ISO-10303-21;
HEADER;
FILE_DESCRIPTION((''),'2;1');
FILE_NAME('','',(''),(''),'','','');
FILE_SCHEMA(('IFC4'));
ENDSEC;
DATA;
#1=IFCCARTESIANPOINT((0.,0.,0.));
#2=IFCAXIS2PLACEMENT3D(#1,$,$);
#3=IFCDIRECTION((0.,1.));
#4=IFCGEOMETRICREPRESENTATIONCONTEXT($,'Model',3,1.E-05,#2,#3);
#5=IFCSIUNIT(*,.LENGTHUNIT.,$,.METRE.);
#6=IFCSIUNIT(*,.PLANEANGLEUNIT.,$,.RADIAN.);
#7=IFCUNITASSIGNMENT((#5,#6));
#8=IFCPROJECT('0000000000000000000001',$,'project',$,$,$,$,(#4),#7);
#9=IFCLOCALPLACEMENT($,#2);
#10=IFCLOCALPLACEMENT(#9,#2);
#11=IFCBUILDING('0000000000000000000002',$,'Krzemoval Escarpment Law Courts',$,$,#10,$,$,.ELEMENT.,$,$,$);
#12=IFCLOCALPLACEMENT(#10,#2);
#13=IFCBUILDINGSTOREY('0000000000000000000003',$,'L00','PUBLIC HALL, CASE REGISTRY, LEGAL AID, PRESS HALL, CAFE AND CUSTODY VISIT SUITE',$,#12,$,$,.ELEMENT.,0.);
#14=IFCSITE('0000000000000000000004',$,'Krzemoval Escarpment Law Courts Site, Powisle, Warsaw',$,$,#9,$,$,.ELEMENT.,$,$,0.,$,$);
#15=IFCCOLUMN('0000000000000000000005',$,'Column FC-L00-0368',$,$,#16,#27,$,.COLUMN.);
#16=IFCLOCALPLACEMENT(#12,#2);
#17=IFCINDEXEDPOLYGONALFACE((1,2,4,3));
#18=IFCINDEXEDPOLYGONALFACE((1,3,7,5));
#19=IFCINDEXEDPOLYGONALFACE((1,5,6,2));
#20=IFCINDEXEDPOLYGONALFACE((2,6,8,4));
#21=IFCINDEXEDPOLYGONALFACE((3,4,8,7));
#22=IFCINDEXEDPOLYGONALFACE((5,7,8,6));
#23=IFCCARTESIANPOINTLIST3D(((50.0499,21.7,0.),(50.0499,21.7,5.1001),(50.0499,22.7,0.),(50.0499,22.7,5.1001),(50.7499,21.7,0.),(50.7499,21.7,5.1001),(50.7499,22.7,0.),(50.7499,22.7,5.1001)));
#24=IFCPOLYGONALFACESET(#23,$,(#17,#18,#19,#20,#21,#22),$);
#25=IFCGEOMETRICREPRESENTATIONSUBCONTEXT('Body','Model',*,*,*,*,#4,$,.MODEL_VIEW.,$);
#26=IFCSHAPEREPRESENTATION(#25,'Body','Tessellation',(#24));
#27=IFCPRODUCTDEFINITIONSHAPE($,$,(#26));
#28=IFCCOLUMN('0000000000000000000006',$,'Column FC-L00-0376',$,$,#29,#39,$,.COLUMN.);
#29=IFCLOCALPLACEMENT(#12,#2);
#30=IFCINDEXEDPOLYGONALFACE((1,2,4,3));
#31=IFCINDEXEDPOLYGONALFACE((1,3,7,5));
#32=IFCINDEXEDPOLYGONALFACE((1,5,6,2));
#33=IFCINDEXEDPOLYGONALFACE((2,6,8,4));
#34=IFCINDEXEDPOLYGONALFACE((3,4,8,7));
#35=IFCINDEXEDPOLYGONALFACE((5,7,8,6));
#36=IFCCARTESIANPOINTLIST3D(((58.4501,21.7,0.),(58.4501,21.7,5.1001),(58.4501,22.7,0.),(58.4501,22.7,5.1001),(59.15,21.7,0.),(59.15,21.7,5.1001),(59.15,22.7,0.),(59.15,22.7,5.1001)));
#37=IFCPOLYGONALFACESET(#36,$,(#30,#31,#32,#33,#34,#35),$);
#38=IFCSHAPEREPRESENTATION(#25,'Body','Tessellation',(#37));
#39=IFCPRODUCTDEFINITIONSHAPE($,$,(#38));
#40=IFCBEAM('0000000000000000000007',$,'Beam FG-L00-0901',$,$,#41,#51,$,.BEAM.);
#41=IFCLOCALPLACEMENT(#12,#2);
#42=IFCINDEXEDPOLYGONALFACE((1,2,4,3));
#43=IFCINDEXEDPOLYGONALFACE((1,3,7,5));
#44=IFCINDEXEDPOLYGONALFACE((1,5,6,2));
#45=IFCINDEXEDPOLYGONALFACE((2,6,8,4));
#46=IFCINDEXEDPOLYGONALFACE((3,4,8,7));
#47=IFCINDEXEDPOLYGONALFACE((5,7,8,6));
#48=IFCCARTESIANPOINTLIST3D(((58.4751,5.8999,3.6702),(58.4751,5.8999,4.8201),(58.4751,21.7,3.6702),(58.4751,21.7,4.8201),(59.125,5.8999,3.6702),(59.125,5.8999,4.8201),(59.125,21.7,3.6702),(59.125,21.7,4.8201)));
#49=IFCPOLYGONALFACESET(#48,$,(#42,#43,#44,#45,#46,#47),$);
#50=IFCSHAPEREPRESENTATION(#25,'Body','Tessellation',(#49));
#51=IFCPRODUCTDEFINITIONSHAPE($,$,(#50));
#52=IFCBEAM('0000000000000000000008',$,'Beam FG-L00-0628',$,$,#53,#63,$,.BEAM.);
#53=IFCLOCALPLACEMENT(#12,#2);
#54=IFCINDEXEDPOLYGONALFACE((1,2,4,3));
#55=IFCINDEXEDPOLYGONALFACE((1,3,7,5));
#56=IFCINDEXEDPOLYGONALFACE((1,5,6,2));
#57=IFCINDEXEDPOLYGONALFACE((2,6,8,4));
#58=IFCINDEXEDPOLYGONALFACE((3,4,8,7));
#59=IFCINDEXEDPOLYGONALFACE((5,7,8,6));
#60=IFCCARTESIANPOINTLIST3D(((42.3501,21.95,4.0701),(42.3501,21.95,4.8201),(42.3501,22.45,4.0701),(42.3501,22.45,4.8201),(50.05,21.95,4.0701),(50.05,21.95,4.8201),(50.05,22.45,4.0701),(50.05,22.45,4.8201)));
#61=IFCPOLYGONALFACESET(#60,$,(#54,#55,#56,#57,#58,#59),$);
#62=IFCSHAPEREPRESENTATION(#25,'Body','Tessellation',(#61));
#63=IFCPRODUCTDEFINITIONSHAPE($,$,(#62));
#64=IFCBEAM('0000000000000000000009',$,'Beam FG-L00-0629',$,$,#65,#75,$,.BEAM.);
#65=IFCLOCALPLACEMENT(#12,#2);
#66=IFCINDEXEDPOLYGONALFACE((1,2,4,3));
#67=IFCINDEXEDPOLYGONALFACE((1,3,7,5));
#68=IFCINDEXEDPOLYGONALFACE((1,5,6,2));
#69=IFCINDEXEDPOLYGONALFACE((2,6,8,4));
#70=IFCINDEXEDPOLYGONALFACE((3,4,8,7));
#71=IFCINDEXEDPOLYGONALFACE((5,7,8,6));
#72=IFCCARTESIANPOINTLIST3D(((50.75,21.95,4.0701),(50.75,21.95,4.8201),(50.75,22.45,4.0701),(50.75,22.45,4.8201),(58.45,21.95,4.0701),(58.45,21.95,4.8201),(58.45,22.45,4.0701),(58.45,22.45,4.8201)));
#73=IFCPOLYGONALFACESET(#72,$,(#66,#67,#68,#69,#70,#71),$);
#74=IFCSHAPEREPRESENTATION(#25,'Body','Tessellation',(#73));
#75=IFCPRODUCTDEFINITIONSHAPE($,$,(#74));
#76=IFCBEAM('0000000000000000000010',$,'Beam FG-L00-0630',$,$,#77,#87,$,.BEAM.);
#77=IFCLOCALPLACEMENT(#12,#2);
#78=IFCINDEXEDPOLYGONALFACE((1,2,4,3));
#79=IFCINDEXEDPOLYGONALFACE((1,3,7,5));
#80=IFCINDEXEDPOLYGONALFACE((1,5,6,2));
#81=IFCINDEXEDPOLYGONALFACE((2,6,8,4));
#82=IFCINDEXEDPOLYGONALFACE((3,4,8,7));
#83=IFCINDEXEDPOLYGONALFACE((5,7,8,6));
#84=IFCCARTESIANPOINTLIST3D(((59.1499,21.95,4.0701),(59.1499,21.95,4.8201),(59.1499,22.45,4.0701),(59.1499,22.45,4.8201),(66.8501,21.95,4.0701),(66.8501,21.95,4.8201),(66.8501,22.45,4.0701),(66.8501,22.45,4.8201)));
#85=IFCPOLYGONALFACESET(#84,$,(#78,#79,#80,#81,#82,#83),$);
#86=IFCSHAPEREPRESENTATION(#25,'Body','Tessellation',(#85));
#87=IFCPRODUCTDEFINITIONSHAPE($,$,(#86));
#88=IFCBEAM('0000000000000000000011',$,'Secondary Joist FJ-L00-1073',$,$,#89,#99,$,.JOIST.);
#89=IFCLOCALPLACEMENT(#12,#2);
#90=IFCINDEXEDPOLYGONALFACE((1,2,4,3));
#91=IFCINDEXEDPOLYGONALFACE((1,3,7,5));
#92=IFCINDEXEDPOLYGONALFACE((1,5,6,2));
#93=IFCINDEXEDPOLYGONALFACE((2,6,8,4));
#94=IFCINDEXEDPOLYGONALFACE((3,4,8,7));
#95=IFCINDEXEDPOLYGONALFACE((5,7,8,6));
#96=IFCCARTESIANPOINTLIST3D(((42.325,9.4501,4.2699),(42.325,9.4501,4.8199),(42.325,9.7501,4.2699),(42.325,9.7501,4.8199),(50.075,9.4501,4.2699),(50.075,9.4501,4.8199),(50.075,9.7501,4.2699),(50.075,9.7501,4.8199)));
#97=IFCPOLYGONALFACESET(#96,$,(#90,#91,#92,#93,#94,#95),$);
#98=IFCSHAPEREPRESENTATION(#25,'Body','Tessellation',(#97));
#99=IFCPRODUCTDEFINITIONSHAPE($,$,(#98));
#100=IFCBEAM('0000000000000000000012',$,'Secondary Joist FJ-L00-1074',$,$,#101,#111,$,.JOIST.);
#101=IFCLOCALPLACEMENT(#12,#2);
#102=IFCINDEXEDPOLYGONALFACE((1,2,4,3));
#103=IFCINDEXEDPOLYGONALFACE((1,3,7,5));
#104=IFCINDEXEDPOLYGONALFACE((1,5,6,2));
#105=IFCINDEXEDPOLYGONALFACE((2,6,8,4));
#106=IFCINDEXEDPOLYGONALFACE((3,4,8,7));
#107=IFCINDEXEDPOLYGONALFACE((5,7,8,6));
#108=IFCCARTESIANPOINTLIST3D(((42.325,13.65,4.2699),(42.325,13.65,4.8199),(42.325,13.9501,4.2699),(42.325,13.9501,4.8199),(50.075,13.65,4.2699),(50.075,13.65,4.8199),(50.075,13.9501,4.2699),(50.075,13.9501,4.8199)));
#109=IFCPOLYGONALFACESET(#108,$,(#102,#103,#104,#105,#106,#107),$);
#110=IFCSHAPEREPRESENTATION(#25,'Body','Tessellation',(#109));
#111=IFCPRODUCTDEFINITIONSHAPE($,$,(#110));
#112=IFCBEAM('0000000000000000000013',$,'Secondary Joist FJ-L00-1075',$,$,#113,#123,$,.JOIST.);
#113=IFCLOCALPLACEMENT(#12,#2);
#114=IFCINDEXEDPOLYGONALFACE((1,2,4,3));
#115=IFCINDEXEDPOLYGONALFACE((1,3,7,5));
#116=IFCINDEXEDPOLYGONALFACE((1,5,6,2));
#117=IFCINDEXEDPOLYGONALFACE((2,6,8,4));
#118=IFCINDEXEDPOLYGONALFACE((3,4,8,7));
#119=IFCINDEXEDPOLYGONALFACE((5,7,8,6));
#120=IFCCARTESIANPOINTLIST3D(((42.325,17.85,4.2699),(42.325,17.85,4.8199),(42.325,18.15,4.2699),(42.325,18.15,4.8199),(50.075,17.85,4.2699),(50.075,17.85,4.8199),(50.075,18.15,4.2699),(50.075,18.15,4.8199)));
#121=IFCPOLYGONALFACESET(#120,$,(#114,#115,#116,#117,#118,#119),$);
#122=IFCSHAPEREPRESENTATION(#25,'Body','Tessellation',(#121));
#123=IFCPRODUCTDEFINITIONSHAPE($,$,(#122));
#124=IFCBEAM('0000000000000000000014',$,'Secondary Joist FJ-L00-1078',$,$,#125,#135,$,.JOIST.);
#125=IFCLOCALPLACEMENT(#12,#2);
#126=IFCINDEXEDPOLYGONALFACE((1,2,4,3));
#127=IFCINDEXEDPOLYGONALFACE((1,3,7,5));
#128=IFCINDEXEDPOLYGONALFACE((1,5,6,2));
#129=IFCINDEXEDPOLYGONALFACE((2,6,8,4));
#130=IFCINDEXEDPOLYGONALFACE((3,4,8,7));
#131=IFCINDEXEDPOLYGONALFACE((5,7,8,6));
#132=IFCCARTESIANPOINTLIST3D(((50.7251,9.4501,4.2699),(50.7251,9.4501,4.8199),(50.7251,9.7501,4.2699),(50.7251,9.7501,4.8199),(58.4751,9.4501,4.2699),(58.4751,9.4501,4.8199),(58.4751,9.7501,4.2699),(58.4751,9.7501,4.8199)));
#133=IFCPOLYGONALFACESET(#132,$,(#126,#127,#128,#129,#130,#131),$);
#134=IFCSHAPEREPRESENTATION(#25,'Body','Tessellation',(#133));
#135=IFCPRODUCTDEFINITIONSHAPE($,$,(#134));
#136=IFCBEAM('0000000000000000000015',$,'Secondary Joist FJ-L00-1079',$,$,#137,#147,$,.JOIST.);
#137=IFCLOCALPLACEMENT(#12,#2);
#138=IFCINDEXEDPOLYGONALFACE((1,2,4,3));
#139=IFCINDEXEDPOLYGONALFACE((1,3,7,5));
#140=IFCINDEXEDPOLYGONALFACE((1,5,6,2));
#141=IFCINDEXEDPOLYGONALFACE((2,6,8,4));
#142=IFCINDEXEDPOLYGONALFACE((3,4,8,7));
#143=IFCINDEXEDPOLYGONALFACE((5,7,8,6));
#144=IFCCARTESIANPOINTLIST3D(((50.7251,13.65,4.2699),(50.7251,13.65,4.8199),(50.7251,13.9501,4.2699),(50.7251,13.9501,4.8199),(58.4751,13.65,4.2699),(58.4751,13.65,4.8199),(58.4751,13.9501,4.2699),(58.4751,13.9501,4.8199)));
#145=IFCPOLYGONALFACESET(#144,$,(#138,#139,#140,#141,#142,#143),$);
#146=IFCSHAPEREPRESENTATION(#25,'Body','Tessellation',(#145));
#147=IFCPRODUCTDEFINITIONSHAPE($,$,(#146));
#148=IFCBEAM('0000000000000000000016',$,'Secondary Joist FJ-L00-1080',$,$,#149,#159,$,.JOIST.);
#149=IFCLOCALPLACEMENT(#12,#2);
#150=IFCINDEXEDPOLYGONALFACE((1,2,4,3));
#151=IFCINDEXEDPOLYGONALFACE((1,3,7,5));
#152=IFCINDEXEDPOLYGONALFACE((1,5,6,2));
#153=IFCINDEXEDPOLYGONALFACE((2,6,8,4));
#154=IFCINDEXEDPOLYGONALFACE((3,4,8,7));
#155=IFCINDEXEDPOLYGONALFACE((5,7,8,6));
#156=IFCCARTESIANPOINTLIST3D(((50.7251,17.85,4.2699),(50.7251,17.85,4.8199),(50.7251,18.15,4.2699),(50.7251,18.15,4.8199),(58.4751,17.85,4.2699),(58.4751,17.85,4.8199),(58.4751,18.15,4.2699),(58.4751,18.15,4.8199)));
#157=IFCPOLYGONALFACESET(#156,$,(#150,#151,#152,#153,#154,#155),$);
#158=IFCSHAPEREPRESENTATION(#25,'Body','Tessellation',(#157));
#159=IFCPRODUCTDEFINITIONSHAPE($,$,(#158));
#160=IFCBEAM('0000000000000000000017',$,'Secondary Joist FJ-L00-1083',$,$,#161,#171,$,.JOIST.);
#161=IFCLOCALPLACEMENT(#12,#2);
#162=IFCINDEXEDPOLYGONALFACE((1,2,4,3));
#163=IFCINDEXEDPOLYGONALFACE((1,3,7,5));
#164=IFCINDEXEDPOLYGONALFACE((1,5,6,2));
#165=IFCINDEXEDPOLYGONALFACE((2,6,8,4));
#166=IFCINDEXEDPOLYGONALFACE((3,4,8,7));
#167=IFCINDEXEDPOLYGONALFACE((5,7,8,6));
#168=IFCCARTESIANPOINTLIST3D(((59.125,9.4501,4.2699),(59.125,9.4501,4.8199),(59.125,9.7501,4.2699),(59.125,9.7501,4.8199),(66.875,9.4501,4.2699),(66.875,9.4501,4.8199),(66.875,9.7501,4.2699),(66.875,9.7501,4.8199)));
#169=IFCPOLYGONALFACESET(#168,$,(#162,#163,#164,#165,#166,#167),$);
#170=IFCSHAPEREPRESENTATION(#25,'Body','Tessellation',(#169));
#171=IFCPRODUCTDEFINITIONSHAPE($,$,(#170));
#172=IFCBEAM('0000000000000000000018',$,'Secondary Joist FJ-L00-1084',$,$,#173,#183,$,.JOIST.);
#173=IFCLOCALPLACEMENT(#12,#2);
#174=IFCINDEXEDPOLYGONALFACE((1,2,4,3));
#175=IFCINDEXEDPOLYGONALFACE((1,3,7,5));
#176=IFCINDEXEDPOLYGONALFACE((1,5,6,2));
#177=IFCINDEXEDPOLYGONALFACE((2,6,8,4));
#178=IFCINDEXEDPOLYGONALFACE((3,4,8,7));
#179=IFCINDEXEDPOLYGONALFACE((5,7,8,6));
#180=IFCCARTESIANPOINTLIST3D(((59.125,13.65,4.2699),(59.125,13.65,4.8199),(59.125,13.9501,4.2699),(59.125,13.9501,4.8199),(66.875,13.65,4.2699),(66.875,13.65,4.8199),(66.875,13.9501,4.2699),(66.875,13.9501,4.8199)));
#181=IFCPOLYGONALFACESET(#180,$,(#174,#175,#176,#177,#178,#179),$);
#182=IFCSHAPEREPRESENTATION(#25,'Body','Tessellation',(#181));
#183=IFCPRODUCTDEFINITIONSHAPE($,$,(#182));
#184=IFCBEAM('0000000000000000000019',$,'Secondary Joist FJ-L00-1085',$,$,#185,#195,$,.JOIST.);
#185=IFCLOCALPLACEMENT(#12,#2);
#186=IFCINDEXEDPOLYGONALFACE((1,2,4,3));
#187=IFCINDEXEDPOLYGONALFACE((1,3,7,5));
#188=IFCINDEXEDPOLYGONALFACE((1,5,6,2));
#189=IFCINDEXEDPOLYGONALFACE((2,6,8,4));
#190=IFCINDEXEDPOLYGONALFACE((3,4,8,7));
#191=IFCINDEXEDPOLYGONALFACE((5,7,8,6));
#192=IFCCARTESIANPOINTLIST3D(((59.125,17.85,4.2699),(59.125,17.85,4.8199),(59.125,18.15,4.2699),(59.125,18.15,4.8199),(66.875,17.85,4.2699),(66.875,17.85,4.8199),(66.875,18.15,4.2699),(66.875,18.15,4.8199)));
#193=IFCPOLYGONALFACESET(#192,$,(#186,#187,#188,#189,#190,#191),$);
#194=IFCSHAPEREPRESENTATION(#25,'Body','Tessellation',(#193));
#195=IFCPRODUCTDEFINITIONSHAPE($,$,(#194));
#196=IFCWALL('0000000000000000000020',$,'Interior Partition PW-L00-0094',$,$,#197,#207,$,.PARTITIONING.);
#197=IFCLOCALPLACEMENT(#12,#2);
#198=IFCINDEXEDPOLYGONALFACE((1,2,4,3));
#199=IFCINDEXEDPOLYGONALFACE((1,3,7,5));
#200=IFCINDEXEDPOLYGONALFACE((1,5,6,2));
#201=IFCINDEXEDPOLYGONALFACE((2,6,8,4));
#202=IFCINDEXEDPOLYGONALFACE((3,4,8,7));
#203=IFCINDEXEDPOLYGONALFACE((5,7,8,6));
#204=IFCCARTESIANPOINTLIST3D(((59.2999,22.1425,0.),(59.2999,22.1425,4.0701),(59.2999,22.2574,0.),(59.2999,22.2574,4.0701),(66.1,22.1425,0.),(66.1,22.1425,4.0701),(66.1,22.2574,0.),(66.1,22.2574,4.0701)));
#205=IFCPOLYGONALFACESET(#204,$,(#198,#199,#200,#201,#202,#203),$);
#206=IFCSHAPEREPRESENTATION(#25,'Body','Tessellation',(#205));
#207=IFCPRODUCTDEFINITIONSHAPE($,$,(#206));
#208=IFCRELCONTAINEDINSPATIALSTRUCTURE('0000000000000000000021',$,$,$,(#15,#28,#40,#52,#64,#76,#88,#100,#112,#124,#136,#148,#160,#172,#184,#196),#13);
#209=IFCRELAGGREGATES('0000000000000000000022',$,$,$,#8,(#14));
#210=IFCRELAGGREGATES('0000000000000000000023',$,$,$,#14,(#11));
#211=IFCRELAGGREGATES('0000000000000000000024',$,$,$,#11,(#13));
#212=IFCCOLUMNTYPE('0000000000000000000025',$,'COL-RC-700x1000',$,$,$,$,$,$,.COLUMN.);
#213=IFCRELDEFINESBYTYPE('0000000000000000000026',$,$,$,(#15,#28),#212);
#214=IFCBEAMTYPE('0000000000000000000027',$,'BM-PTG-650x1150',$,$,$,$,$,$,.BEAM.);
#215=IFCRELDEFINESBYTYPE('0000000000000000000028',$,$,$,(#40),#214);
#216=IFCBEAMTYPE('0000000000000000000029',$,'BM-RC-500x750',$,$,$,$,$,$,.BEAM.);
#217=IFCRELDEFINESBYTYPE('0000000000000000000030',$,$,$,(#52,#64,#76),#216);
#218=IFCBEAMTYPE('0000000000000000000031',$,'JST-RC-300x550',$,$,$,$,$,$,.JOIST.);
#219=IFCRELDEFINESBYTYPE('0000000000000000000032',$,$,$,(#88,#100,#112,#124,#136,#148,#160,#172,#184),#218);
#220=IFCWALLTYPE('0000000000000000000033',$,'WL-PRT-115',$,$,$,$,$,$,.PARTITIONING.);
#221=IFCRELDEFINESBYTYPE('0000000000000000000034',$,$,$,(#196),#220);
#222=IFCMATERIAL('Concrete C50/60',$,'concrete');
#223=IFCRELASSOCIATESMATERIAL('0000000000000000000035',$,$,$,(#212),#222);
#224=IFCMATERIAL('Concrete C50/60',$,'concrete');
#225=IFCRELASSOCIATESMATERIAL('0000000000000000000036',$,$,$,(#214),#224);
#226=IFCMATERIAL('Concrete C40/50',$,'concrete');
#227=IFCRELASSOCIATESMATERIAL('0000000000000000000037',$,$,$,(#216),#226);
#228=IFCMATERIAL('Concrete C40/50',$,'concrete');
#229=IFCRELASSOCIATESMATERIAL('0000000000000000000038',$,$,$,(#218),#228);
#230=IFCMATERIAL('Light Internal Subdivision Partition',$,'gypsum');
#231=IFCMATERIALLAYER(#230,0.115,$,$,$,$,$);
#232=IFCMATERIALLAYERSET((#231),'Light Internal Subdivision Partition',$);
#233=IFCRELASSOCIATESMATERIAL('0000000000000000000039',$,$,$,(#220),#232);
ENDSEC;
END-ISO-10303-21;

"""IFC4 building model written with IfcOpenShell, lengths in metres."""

from ifc_helpers import new_model, si_unit, direction, frame, frame_2d, origin, origin_2d, place, context, subcontext, project, spatial, rectangle, extrude, material, layer, layer_set, material_profile, profile_set, type_object, element, save


model = new_model("IFC4")

# Units and contexts
model_context = context("Model", 3, precision=1e-05, world=origin(), true_north=direction((0.0, 1.0)))
body_context = subcontext(model_context, "Body", "Model", "MODEL_VIEW")
ifc_project = project(units=[si_unit("LENGTHUNIT", "METRE"), si_unit("PLANEANGLEUNIT", "RADIAN")], contexts=[model_context])

# Site, building, storey
site_placement = place(None, origin())
site = spatial("IfcSite", under=ifc_project, at=site_placement, Name="Krzemoval Escarpment Law Courts Site, Powisle, Warsaw", CompositionType="ELEMENT", RefElevation=0.0)
building_placement = place(site_placement, origin())
building = spatial("IfcBuilding", under=site, at=building_placement, Name="Krzemoval Escarpment Law Courts", CompositionType="ELEMENT")
storey_placement = place(building_placement, origin())
storey = spatial("IfcBuildingStorey", under=building, at=storey_placement, Name="L00", Description="PUBLIC HALL, CASE REGISTRY, LEGAL AID, PRESS HALL, CAFE AND CUSTODY VISIT SUITE", CompositionType="ELEMENT", Elevation=0.0)

# Columns
ifc_material_1 = material(Name="Concrete C50/60", Category="concrete")
ifc_material_profile_1 = material_profile(ifc_material_1, rectangle(XDim=0.7, YDim=1.0, at=origin_2d()), Name="RC 700x1000")
ifc_profile_set_1 = profile_set([ifc_material_profile_1], Name="Concrete C50/60")
column_type = type_object("IfcColumnType", Name="COL-RC-700x1000", PredefinedType="COLUMN", material=ifc_profile_set_1)
for number, where, z_axis, x_axis, name in (
    (1, (50.3999, 22.2, 0.0), (0.0, 0.0, 1.0), (1.0, 0.0, 0.0), "Column FC-L00-0368"),
    (2, (58.8, 22.2, 0.0), (0.0, 0.0, 1.0), (1.0, 0.0, 0.0), "Column FC-L00-0376"),
):
    element("IfcColumn", number, at=place(storey_placement, frame(where, z_axis=z_axis, x_axis=x_axis)), inside=storey, type_object=column_type, Name=name, PredefinedType="COLUMN", context=body_context, shape_type="SweptSolid", body=[
        extrude(rectangle(XDim=0.7, YDim=1.0, at=origin_2d()), origin(), (0.0, 0.0, 1.0), 5.1001),
    ])

# Beams
ifc_material_2 = material(Name="Concrete C50/60", Category="concrete")
ifc_material_profile_2 = material_profile(ifc_material_2, rectangle(XDim=0.6499, YDim=1.1499, at=origin_2d()), Name="PTG 650x1150")
ifc_profile_set_2 = profile_set([ifc_material_profile_2], Name="Concrete C50/60")
beam_type_1 = type_object("IfcBeamType", Name="BM-PTG-650x1150", PredefinedType="BEAM", material=ifc_profile_set_2)
beam_1_placement = place(storey_placement, frame((58.8, 5.8999, 4.2451), z_axis=(0.0, 1.0, 0.0), x_axis=(-1.0, 0.0, 0.0)))
element("IfcBeam", 3, at=beam_1_placement, inside=storey, type_object=beam_type_1, Name="Beam FG-L00-0901", PredefinedType="BEAM", context=body_context, shape_type="SweptSolid", body=[
    extrude(rectangle(XDim=0.6499, YDim=1.1499, at=origin_2d()), origin(), (0.0, 0.0, 1.0), 15.8),
])
ifc_material_3 = material(Name="Concrete C40/50", Category="concrete")
ifc_material_profile_3 = material_profile(ifc_material_3, rectangle(XDim=0.5, YDim=0.75, at=origin_2d()), Name="RCB 500x750")
ifc_profile_set_3 = profile_set([ifc_material_profile_3], Name="Concrete C40/50")
beam_type_2 = type_object("IfcBeamType", Name="BM-RC-500x750", PredefinedType="BEAM", material=ifc_profile_set_3)
for number, where, z_axis, x_axis, name in (
    (4, (42.3501, 22.2, 4.4451), (1.0, 0.0, 0.0), (0.0, 1.0, 0.0), "Beam FG-L00-0628"),
    (5, (50.75, 22.2, 4.4451), (1.0, 0.0, 0.0), (0.0, 1.0, 0.0), "Beam FG-L00-0629"),
):
    element("IfcBeam", number, at=place(storey_placement, frame(where, z_axis=z_axis, x_axis=x_axis)), inside=storey, type_object=beam_type_2, Name=name, PredefinedType="BEAM", context=body_context, shape_type="SweptSolid", body=[
        extrude(rectangle(XDim=0.5, YDim=0.75, at=origin_2d()), origin(), (0.0, 0.0, 1.0), 7.7),
    ])
beam_2_placement = place(storey_placement, frame((59.1499, 22.2, 4.4451), z_axis=(1.0, 0.0, 0.0), x_axis=(0.0, 1.0, 0.0)))
element("IfcBeam", 6, at=beam_2_placement, inside=storey, type_object=beam_type_2, Name="Beam FG-L00-0630", PredefinedType="BEAM", context=body_context, shape_type="SweptSolid", body=[
    extrude(rectangle(XDim=0.5, YDim=0.75, at=origin_2d()), origin(), (0.0, 0.0, 1.0), 7.7002),
])
ifc_material_4 = material(Name="Concrete C40/50", Category="concrete")
ifc_material_profile_4 = material_profile(ifc_material_4, rectangle(XDim=0.3, YDim=0.55, at=origin_2d()), Name="RCB 300x550")
ifc_profile_set_4 = profile_set([ifc_material_profile_4], Name="Concrete C40/50")
beam_type_3 = type_object("IfcBeamType", Name="JST-RC-300x550", PredefinedType="JOIST", material=ifc_profile_set_4)
for number, where, z_axis, x_axis, name in (
    (7, (42.325, 9.6001, 4.5449), (1.0, 0.0, 0.0), (0.0, 1.0, 0.0), "Secondary Joist FJ-L00-1073"),
    (8, (42.325, 13.8, 4.5449), (1.0, 0.0, 0.0), (0.0, 1.0, 0.0), "Secondary Joist FJ-L00-1074"),
    (9, (42.325, 18.0, 4.5449), (1.0, 0.0, 0.0), (0.0, 1.0, 0.0), "Secondary Joist FJ-L00-1075"),
    (10, (50.7251, 9.6001, 4.5449), (1.0, 0.0, 0.0), (0.0, 1.0, 0.0), "Secondary Joist FJ-L00-1078"),
    (11, (50.7251, 13.8, 4.5449), (1.0, 0.0, 0.0), (0.0, 1.0, 0.0), "Secondary Joist FJ-L00-1079"),
    (12, (50.7251, 18.0, 4.5449), (1.0, 0.0, 0.0), (0.0, 1.0, 0.0), "Secondary Joist FJ-L00-1080"),
    (13, (59.125, 9.6001, 4.5449), (1.0, 0.0, 0.0), (0.0, 1.0, 0.0), "Secondary Joist FJ-L00-1083"),
    (14, (59.125, 13.8, 4.5449), (1.0, 0.0, 0.0), (0.0, 1.0, 0.0), "Secondary Joist FJ-L00-1084"),
    (15, (59.125, 18.0, 4.5449), (1.0, 0.0, 0.0), (0.0, 1.0, 0.0), "Secondary Joist FJ-L00-1085"),
):
    element("IfcBeam", number, at=place(storey_placement, frame(where, z_axis=z_axis, x_axis=x_axis)), inside=storey, type_object=beam_type_3, Name=name, PredefinedType="JOIST", context=body_context, shape_type="SweptSolid", body=[
        extrude(rectangle(XDim=0.3, YDim=0.55, at=origin_2d()), origin(), (0.0, 0.0, 1.0), 7.75),
    ])

# Wall
ifc_material_5 = material(Name="Light Internal Subdivision Partition", Category="gypsum")
ifc_layer_1 = layer(ifc_material_5, 0.115)
ifc_layer_set_1 = layer_set([ifc_layer_1], Name="Light Internal Subdivision Partition")
wall_type_1 = type_object("IfcWallType", Name="WL-PRT-115", PredefinedType="PARTITIONING", material=ifc_layer_set_1)
wall_1_placement = place(storey_placement, frame((59.3, 22.2, 0.0), z_axis=(0.0, 0.0, 1.0), x_axis=(1.0, 0.0, 0.0)))
element("IfcWall", 16, at=wall_1_placement, inside=storey, type_object=wall_type_1, Name="Interior Partition PW-L00-0094", PredefinedType="PARTITIONING", context=body_context, shape_type="SweptSolid", body=[
    extrude(rectangle(XDim=6.8, YDim=0.115, at=frame_2d((3.3999, 0.0))), origin(), (0.0, 0.0, 1.0), 4.0701),
])

save(model, "model.ifc")
